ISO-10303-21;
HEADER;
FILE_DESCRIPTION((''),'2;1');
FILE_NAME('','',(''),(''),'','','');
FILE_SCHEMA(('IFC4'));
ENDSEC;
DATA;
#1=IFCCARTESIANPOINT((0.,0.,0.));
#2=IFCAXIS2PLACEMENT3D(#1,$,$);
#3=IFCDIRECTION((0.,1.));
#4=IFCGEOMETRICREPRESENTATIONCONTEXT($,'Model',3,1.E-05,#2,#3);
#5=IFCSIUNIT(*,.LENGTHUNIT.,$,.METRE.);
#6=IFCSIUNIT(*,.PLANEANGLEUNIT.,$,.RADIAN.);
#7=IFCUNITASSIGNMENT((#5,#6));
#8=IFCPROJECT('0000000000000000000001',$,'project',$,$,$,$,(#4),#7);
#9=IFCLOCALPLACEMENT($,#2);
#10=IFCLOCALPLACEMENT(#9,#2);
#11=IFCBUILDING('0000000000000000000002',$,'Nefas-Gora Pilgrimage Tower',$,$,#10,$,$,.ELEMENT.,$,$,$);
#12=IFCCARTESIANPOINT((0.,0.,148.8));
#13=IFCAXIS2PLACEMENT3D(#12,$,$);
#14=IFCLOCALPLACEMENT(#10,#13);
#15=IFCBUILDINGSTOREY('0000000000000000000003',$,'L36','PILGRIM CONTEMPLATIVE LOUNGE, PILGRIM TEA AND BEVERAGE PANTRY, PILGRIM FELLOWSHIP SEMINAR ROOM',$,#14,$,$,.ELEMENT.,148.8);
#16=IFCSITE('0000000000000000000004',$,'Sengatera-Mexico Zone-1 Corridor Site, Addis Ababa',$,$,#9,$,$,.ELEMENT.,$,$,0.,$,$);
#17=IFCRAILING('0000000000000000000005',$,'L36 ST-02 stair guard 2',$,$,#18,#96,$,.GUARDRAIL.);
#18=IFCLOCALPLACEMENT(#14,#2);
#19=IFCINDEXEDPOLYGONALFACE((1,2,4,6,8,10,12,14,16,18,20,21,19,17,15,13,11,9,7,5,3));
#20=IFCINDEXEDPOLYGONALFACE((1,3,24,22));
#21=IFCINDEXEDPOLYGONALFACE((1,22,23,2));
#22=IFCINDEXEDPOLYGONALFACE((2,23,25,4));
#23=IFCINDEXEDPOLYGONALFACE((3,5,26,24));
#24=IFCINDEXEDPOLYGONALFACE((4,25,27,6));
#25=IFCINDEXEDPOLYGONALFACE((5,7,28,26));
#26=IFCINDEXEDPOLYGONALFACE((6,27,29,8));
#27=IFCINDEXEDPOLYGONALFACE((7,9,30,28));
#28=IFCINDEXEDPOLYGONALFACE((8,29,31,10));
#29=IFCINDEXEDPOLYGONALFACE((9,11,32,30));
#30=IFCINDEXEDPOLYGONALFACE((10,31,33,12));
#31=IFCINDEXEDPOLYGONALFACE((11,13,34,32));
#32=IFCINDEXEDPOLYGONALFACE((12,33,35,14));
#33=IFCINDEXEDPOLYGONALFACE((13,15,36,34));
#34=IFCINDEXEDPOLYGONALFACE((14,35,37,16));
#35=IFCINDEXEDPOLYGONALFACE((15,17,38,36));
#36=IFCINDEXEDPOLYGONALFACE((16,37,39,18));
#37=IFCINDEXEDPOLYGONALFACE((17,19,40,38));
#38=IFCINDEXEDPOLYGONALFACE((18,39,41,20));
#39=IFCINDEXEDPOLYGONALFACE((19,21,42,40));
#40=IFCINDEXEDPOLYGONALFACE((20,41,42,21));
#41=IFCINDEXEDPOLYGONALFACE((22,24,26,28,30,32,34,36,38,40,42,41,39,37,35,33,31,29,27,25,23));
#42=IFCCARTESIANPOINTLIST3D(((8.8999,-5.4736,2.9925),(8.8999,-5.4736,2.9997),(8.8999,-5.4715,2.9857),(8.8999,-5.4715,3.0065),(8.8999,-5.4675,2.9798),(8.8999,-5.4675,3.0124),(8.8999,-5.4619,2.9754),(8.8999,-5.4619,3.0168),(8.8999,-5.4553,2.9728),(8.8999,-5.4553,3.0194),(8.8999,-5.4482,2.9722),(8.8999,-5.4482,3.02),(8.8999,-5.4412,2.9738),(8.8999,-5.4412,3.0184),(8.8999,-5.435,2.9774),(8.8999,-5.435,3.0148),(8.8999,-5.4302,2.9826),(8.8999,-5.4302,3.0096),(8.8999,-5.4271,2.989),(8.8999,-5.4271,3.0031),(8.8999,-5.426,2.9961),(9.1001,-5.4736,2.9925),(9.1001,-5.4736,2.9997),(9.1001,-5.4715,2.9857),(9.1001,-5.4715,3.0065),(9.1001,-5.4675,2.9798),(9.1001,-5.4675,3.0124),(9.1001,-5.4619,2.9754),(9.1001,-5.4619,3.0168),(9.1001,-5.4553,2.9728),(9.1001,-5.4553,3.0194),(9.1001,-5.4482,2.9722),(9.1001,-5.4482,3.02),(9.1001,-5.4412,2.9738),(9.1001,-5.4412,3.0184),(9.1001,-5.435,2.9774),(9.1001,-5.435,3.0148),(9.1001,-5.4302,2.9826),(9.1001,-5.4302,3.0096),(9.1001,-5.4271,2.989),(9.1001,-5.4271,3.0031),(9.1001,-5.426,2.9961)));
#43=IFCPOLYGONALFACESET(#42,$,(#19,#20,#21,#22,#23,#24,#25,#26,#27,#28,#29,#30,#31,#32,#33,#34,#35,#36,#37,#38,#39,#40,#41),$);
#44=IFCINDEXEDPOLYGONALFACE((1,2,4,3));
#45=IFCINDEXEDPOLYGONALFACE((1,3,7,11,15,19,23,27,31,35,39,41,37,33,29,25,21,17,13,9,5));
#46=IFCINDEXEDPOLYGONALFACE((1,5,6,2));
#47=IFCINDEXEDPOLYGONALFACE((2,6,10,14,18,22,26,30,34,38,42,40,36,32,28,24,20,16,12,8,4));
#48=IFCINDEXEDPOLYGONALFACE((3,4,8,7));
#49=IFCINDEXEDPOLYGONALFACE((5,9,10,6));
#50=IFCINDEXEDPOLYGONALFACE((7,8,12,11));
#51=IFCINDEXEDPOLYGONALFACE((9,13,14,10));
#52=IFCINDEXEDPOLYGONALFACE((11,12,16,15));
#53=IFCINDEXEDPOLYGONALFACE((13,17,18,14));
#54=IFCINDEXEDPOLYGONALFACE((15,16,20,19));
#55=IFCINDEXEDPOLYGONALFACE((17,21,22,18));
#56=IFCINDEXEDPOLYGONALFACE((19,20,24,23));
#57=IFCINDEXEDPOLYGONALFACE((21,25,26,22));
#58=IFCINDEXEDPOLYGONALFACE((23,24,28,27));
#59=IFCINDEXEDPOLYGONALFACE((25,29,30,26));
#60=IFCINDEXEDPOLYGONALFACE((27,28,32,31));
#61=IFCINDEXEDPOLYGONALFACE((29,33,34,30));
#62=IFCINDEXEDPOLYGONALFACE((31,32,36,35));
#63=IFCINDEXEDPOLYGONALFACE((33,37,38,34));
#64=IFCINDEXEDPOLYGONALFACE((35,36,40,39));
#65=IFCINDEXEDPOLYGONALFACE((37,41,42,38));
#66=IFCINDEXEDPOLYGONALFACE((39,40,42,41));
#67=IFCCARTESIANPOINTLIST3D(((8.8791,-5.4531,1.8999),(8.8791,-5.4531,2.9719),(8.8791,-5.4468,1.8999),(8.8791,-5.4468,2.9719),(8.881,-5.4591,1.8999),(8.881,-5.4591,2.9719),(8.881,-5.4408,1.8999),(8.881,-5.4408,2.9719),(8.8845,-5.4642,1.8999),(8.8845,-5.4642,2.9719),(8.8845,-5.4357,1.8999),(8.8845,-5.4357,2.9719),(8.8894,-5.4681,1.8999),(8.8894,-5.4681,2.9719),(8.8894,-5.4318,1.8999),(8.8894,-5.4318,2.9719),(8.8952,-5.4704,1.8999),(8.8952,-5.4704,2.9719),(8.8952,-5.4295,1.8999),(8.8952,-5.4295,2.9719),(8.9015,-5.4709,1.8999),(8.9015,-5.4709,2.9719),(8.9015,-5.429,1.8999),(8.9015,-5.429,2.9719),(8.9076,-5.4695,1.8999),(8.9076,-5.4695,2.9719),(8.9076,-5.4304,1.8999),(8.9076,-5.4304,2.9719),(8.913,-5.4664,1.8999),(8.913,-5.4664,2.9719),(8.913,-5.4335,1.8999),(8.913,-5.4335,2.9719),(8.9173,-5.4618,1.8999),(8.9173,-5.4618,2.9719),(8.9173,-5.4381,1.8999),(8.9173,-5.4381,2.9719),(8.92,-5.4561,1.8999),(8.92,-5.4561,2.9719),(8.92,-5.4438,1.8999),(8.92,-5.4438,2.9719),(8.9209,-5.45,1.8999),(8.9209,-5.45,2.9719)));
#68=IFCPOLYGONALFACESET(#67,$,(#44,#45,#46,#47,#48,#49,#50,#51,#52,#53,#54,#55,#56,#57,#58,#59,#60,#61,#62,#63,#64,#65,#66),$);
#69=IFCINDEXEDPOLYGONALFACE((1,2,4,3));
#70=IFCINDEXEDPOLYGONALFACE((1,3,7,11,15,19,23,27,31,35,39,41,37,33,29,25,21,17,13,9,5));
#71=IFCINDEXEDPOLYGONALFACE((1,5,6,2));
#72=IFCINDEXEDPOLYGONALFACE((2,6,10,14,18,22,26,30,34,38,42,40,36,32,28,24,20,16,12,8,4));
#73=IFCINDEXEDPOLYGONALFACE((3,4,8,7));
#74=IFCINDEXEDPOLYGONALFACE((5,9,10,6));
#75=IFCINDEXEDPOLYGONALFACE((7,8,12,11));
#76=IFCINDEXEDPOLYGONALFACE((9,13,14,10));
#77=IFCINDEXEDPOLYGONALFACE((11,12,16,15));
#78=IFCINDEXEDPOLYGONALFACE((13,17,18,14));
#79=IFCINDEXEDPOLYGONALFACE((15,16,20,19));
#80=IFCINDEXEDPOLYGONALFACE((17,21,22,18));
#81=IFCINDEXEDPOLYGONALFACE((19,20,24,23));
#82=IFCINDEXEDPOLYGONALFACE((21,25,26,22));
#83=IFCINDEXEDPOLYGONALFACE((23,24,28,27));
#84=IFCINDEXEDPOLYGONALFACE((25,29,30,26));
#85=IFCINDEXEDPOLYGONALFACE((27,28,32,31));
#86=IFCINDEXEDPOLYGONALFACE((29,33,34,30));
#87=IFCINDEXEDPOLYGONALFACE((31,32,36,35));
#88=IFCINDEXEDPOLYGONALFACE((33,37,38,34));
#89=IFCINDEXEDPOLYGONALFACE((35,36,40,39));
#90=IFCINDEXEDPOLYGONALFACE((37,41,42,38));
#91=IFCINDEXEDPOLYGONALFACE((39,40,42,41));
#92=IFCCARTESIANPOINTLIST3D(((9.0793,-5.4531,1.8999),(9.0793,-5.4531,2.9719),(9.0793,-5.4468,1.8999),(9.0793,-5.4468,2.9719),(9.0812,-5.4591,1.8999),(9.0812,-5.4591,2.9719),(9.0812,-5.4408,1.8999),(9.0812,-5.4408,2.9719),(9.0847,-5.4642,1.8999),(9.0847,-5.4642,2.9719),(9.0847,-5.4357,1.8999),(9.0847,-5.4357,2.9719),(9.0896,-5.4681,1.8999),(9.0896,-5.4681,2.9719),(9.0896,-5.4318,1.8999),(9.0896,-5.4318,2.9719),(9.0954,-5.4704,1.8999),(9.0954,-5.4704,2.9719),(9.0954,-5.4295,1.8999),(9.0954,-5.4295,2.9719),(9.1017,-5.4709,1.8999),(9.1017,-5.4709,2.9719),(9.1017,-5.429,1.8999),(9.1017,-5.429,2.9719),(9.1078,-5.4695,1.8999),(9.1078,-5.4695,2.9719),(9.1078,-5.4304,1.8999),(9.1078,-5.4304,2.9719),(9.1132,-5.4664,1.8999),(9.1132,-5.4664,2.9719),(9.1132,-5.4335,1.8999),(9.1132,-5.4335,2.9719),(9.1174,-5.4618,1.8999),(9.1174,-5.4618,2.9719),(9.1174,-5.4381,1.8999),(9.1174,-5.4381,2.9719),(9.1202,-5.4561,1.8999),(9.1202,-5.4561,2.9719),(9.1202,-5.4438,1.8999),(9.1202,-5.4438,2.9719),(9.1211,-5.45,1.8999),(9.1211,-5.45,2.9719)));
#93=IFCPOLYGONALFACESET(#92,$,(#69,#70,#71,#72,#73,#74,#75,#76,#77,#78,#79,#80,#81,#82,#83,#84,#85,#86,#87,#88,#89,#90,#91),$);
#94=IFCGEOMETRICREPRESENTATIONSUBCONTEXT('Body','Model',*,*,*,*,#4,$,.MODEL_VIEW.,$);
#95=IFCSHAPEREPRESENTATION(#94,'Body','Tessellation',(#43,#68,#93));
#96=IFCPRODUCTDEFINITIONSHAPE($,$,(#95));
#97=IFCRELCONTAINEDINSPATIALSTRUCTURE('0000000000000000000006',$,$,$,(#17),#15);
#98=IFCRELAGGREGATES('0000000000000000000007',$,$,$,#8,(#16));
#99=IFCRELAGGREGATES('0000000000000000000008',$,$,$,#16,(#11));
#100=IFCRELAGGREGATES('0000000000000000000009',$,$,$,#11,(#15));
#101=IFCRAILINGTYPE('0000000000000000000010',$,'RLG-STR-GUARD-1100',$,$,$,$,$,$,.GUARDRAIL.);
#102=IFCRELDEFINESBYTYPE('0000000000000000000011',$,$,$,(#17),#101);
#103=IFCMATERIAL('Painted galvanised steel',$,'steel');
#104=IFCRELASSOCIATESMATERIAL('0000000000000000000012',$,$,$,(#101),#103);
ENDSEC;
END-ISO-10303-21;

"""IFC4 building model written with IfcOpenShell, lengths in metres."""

from ifc_helpers import new_model, si_unit, direction, frame, origin, origin_2d, place, context, subcontext, project, spatial, circle, extrude, material, type_object, element, save


model = new_model("IFC4")

# Units and contexts
model_context = context("Model", 3, precision=1e-05, world=origin(), true_north=direction((0.0, 1.0)))
body_context = subcontext(model_context, "Body", "Model", "MODEL_VIEW")
ifc_project = project(units=[si_unit("LENGTHUNIT", "METRE"), si_unit("PLANEANGLEUNIT", "RADIAN")], contexts=[model_context])

# Site, building, storey
site_placement = place(None, origin())
site = spatial("IfcSite", under=ifc_project, at=site_placement, Name="Sengatera-Mexico Zone-1 Corridor Site, Addis Ababa", CompositionType="ELEMENT", RefElevation=0.0)
building_placement = place(site_placement, origin())
building = spatial("IfcBuilding", under=site, at=building_placement, Name="Nefas-Gora Pilgrimage Tower", CompositionType="ELEMENT")
storey_placement = place(building_placement, frame((0.0, 0.0, 148.8)))
storey = spatial("IfcBuildingStorey", under=building, at=storey_placement, Name="L36", Description="PILGRIM CONTEMPLATIVE LOUNGE, PILGRIM TEA AND BEVERAGE PANTRY, PILGRIM FELLOWSHIP SEMINAR ROOM", CompositionType="ELEMENT", Elevation=148.8)

# Railing
ifc_material_1 = material(Name="Painted galvanised steel", Category="steel")
railing_type_1 = type_object("IfcRailingType", Name="RLG-STR-GUARD-1100", PredefinedType="GUARDRAIL", material=ifc_material_1)
railing_1_placement = place(storey_placement, frame((8.8999, -5.45, 1.8999)))
element("IfcRailing", 1, at=railing_1_placement, inside=storey, type_object=railing_type_1, Name="L36 ST-02 stair guard 2", PredefinedType="GUARDRAIL", context=body_context, shape_type="SweptSolid", body=[
    extrude(circle(Radius=0.0239, at=origin_2d()), frame((0.0, 0.0, 1.0962), z_axis=(1.0, 0.0, 0.0), x_axis=(0.0, 1.0, 0.0)), (0.0, 0.0, 1.0), 0.2002),
    extrude(circle(Radius=0.021, at=origin_2d()), origin(), (0.0, 0.0, 1.0), 1.072),
    extrude(circle(Radius=0.021, at=origin_2d()), frame((0.2002, 0.0, 0.0)), (0.0, 0.0, 1.0), 1.072),
])

save(model, "model.ifc")
